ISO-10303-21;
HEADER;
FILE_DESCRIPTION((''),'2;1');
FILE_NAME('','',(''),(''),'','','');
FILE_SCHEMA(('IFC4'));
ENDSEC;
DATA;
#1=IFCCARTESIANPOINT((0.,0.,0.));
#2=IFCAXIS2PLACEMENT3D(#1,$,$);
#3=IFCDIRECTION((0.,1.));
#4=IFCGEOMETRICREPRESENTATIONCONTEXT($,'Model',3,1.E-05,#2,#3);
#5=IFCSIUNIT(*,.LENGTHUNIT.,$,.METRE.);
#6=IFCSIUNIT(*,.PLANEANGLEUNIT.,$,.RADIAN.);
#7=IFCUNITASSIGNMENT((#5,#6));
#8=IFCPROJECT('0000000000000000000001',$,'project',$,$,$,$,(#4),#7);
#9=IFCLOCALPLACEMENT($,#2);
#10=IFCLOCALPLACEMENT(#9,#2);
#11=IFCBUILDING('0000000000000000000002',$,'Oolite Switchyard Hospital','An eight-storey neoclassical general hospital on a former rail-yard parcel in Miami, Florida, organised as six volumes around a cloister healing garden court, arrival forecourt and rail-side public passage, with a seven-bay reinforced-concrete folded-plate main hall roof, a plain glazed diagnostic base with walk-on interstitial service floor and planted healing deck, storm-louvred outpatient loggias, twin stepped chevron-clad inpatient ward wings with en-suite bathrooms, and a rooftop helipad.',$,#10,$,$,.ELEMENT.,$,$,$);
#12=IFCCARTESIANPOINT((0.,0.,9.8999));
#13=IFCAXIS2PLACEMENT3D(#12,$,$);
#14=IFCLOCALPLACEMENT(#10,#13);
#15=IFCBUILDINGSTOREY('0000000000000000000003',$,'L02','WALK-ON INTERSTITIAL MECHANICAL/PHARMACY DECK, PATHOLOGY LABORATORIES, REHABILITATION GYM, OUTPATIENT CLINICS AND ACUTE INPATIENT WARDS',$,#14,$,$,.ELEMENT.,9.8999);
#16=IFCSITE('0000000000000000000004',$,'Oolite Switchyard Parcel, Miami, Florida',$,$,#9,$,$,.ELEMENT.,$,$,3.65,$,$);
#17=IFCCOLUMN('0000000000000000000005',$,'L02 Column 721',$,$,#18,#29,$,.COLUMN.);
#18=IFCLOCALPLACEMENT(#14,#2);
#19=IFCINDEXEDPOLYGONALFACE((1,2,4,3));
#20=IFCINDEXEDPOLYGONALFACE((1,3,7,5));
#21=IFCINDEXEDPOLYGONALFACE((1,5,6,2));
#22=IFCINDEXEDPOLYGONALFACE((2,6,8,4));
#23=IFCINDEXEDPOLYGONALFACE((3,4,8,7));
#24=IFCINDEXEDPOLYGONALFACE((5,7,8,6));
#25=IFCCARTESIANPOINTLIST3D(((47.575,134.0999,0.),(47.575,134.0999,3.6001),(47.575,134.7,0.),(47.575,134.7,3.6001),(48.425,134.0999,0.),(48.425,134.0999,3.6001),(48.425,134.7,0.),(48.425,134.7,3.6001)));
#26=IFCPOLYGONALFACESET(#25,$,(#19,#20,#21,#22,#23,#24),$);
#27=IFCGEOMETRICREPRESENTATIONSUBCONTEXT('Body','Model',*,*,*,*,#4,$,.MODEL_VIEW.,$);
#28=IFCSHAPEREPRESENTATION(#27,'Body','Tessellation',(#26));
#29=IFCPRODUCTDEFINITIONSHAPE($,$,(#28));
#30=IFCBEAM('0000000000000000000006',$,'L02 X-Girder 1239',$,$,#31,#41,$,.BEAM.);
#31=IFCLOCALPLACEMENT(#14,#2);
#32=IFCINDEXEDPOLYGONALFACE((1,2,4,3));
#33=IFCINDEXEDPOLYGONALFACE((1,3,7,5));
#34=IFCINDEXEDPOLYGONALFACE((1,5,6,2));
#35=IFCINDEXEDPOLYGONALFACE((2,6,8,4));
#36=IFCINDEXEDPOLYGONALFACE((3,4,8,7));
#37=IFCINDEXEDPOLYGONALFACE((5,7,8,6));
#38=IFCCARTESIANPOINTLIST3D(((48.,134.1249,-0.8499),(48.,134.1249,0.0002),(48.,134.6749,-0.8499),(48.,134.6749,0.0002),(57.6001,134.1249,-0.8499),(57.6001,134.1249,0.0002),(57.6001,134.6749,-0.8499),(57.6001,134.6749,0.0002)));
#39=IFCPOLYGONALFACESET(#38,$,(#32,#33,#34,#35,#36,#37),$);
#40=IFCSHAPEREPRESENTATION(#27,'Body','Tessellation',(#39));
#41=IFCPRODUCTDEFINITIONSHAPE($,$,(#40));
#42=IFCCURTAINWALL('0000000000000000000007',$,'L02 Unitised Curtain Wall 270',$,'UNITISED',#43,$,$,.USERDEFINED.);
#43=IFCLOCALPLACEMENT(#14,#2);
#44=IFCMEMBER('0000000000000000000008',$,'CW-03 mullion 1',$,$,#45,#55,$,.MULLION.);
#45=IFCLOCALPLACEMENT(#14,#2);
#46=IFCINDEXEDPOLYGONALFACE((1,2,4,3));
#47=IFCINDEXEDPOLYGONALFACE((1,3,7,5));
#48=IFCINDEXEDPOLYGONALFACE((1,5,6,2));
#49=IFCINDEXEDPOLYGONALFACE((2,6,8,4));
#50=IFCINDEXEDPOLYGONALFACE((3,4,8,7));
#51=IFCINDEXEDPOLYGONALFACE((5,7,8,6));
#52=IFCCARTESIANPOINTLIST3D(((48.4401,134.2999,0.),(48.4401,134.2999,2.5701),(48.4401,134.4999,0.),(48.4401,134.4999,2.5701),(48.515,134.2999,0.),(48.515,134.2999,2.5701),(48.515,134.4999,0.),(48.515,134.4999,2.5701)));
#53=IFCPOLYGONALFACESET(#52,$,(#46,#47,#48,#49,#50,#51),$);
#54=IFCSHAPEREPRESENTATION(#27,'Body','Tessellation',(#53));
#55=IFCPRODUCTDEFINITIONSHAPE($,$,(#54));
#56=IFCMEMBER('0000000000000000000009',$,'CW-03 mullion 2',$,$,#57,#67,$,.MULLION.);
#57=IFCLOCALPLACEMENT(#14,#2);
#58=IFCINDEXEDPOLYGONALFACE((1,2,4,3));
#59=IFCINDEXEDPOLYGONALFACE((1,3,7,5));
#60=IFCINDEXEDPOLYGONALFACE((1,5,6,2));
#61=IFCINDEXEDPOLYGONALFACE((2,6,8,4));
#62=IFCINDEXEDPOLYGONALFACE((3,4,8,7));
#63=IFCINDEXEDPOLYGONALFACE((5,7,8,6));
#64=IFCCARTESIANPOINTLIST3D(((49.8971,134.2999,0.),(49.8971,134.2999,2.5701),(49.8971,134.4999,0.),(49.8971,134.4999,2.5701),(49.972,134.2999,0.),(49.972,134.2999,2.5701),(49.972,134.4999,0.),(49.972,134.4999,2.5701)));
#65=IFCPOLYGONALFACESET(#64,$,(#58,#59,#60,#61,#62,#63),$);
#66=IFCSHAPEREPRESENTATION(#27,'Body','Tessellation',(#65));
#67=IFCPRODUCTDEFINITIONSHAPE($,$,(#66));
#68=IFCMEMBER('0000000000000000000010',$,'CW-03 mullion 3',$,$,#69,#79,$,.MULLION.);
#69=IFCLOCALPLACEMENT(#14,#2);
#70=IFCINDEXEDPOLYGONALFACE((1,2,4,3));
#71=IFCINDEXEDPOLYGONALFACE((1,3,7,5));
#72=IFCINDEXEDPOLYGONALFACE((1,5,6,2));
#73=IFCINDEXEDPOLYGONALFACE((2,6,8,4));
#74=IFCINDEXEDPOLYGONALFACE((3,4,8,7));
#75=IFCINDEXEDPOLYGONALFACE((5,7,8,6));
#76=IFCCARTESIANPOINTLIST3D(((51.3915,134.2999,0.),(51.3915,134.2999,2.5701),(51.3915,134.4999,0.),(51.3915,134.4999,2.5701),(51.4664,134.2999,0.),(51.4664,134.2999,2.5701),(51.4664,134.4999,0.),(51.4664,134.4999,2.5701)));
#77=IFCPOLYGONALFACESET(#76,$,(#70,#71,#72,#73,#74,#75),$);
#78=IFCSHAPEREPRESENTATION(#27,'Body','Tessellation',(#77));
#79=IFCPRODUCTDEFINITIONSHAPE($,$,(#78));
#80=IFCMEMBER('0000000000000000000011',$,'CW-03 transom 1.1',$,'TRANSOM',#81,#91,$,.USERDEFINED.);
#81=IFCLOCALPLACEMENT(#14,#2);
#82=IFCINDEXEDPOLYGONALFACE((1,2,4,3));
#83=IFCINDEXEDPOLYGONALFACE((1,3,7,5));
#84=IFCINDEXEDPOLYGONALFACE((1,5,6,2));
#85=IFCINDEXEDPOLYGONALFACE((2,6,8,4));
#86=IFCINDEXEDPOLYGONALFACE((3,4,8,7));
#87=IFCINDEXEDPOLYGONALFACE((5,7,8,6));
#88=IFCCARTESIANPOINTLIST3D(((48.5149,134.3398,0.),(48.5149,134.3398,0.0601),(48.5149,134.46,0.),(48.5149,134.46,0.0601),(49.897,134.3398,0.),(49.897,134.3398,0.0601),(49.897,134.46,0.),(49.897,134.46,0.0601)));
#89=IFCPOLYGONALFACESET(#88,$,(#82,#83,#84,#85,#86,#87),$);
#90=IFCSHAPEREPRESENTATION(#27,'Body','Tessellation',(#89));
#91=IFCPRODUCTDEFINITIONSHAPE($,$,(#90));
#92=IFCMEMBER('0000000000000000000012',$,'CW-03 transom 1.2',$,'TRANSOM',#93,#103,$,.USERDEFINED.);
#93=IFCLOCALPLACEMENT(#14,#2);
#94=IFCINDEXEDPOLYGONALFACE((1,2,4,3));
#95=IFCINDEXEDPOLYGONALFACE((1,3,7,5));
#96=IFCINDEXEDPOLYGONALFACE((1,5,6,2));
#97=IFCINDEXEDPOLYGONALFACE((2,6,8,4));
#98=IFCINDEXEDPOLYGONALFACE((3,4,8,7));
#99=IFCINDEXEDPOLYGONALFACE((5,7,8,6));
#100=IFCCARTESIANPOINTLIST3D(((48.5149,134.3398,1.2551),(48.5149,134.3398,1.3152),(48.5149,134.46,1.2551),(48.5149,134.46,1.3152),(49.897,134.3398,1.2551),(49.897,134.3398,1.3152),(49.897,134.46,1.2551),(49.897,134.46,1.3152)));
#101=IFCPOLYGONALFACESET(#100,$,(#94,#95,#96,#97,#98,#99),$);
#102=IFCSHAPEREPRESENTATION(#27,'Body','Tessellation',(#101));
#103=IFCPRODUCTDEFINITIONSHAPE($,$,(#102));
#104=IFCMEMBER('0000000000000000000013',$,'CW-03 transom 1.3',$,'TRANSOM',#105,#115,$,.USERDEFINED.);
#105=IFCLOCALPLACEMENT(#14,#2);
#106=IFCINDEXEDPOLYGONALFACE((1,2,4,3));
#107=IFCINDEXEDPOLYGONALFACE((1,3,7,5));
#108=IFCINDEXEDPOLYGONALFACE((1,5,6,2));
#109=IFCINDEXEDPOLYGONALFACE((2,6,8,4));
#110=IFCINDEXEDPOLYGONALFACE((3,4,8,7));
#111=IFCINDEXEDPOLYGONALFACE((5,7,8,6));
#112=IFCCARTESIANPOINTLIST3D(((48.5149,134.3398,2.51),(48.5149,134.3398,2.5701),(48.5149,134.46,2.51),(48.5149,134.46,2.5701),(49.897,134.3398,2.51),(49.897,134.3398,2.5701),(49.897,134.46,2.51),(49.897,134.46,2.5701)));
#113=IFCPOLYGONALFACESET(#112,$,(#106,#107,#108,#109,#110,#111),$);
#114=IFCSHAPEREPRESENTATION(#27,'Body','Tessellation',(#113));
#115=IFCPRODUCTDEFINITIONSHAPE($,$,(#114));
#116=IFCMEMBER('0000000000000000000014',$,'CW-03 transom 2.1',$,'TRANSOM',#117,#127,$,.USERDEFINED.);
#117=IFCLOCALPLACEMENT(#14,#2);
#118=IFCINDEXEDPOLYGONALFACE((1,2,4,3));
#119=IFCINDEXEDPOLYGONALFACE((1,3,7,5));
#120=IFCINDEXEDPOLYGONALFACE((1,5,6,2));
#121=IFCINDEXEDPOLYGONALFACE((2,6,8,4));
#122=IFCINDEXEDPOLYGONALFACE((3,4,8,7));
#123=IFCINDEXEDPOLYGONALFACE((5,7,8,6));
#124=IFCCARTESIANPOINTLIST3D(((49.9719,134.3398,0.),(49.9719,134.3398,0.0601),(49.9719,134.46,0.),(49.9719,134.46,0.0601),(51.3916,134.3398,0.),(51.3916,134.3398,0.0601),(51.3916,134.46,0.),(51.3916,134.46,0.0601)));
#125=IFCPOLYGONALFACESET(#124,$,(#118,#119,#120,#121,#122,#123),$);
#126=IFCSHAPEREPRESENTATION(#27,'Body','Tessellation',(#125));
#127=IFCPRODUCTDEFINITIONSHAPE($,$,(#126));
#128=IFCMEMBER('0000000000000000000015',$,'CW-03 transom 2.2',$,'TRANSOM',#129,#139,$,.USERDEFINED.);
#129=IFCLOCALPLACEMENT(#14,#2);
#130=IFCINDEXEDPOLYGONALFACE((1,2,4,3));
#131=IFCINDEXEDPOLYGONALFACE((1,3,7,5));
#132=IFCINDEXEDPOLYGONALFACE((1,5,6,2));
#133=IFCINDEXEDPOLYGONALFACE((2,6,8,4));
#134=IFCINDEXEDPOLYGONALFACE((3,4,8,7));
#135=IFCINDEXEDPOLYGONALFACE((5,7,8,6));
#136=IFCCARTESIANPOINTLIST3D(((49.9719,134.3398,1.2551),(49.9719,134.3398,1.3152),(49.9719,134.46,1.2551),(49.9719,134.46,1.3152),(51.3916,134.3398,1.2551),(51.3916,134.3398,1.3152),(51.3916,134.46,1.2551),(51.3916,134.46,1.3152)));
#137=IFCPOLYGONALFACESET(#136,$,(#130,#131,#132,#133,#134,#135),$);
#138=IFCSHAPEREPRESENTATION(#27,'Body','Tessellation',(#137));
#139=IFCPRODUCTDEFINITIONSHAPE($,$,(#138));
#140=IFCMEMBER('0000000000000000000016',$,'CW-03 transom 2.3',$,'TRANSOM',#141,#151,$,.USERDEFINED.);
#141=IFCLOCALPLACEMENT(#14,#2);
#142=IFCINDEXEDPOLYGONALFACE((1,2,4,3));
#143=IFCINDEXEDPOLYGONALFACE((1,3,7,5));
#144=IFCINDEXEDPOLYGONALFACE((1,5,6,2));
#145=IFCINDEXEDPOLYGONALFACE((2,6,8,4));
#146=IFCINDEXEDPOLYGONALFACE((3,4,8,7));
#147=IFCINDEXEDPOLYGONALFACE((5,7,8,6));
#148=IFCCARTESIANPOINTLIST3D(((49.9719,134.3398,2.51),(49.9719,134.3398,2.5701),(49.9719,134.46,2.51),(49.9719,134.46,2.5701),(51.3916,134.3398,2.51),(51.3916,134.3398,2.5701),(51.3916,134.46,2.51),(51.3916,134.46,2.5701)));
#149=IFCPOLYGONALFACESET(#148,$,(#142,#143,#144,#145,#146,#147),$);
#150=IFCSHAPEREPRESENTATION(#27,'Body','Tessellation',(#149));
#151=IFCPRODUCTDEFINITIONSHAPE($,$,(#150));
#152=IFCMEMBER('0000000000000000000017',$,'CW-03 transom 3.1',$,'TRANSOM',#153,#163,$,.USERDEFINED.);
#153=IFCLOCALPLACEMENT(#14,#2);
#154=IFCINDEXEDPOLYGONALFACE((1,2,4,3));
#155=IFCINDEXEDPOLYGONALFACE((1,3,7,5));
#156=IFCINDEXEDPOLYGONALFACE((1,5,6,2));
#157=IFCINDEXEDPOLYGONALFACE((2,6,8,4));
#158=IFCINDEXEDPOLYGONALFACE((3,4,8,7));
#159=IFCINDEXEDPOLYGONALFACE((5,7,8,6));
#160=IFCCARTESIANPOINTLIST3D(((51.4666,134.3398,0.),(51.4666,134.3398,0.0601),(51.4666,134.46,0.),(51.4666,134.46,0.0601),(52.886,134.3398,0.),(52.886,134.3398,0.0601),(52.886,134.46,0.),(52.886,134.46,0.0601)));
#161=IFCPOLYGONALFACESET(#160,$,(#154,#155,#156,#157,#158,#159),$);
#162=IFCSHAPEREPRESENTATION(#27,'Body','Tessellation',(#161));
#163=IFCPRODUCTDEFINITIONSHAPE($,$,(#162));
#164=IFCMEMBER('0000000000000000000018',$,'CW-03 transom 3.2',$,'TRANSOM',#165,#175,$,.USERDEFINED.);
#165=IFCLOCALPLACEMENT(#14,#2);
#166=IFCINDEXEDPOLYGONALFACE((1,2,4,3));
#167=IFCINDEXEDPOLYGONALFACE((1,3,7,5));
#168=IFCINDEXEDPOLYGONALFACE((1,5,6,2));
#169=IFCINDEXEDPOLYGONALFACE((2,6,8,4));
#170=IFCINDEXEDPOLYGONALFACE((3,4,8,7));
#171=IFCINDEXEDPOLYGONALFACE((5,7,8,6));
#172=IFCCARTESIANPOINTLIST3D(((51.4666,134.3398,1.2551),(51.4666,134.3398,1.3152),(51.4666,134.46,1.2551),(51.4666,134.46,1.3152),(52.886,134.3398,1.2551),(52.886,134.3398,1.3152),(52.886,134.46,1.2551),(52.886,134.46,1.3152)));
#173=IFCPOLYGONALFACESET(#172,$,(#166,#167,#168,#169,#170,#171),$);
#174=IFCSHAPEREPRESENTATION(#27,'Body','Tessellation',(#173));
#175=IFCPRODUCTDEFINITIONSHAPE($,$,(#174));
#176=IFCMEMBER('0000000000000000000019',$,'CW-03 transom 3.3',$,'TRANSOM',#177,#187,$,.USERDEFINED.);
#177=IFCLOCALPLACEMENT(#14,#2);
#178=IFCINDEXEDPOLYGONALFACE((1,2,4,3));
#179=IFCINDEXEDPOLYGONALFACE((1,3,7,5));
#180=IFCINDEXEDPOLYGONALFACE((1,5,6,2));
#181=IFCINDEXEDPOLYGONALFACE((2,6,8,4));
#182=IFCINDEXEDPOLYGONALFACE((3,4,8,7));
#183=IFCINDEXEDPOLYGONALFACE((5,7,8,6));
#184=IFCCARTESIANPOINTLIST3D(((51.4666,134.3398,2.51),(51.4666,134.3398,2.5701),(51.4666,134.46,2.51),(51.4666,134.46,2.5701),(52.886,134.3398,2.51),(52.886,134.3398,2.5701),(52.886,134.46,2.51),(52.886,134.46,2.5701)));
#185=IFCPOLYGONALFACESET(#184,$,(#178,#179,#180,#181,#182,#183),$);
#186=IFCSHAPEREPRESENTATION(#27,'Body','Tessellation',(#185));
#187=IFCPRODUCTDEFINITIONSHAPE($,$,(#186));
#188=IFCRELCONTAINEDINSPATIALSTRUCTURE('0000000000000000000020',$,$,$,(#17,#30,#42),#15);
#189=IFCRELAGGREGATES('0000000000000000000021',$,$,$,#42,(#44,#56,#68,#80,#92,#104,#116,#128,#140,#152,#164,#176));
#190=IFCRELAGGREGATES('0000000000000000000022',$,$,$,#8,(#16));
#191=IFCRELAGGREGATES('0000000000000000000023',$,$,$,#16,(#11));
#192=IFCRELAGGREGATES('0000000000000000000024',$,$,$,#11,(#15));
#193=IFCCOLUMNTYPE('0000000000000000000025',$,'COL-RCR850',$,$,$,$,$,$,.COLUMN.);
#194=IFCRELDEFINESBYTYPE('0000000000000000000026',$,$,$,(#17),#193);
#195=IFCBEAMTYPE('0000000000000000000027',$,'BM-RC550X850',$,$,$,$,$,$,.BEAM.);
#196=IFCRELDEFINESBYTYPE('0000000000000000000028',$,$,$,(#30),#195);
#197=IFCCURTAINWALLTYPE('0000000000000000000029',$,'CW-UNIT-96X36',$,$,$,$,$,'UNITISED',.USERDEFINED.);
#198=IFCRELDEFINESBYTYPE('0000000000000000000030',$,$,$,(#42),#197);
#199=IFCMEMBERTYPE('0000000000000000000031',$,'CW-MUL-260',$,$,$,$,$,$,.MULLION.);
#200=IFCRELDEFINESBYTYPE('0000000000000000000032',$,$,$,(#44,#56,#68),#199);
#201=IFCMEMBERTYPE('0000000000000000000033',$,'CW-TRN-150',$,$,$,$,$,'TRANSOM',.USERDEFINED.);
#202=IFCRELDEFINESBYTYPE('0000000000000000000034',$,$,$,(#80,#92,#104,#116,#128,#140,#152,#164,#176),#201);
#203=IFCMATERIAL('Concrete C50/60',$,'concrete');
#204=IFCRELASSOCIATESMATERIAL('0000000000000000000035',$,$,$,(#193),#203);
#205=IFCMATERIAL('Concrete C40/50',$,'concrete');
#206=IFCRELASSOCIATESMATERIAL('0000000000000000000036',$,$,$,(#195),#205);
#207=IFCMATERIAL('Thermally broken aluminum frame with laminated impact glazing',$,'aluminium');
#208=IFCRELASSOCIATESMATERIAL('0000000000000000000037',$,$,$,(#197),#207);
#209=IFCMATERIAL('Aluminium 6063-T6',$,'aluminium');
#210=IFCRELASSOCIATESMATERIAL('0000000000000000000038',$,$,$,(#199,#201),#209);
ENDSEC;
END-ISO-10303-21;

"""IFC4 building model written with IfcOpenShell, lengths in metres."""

from ifc_helpers import new_model, si_unit, direction, frame, origin, origin_2d, place, context, subcontext, project, spatial, rectangle, extrude, material, material_profile, profile_set, type_object, element, aggregate, save


model = new_model("IFC4")

# Units and contexts
model_context = context("Model", 3, precision=1e-05, world=origin(), true_north=direction((0.0, 1.0)))
body_context = subcontext(model_context, "Body", "Model", "MODEL_VIEW")
ifc_project = project(units=[si_unit("LENGTHUNIT", "METRE"), si_unit("PLANEANGLEUNIT", "RADIAN")], contexts=[model_context])

# Site, building, storey
site_placement = place(None, origin())
site = spatial("IfcSite", under=ifc_project, at=site_placement, Name="Oolite Switchyard Parcel, Miami, Florida", CompositionType="ELEMENT", RefElevation=3.65)
building_placement = place(site_placement, origin())
building = spatial("IfcBuilding", under=site, at=building_placement, Name="Oolite Switchyard Hospital", Description="An eight-storey neoclassical general hospital on a former rail-yard parcel in Miami, Florida, organised as six volumes around a cloister healing garden court, arrival forecourt and rail-side public passage, with a seven-bay reinforced-concrete folded-plate main hall roof, a plain glazed diagnostic base with walk-on interstitial service floor and planted healing deck, storm-louvred outpatient loggias, twin stepped chevron-clad inpatient ward wings with en-suite bathrooms, and a rooftop helipad.", CompositionType="ELEMENT")
storey_placement = place(building_placement, frame((0.0, 0.0, 9.8999)))
storey = spatial("IfcBuildingStorey", under=building, at=storey_placement, Name="L02", Description="WALK-ON INTERSTITIAL MECHANICAL/PHARMACY DECK, PATHOLOGY LABORATORIES, REHABILITATION GYM, OUTPATIENT CLINICS AND ACUTE INPATIENT WARDS", CompositionType="ELEMENT", Elevation=9.8999)

# Column
ifc_material_1 = material(Name="Concrete C50/60", Category="concrete")
ifc_material_profile_1 = material_profile(ifc_material_1, rectangle(XDim=0.8501, YDim=0.6001, at=origin_2d()), Name="RC850X600")
ifc_profile_set_1 = profile_set([ifc_material_profile_1], Name="Concrete C50/60")
column_type = type_object("IfcColumnType", Name="COL-RCR850", PredefinedType="COLUMN", material=ifc_profile_set_1)
column_placement = place(storey_placement, frame((48.0, 134.3999, 0.0), z_axis=(0.0, 0.0, 1.0), x_axis=(1.0, 0.0, 0.0)))
element("IfcColumn", 1, at=column_placement, inside=storey, type_object=column_type, Name="L02 Column 721", PredefinedType="COLUMN", context=body_context, shape_type="SweptSolid", body=[
    extrude(rectangle(XDim=0.8501, YDim=0.6001, at=origin_2d()), origin(), (0.0, 0.0, 1.0), 3.6001),
])

# Beam
ifc_material_2 = material(Name="Concrete C40/50", Category="concrete")
ifc_material_profile_2 = material_profile(ifc_material_2, rectangle(XDim=0.55, YDim=0.8501, at=origin_2d()), Name="RCB550X850")
ifc_profile_set_2 = profile_set([ifc_material_profile_2], Name="Concrete C40/50")
beam_type = type_object("IfcBeamType", Name="BM-RC550X850", PredefinedType="BEAM", material=ifc_profile_set_2)
beam_placement = place(storey_placement, frame((48.0, 134.3999, -0.4248), z_axis=(1.0, 0.0, 0.0), x_axis=(0.0, 1.0, 0.0)))
element("IfcBeam", 2, at=beam_placement, inside=storey, type_object=beam_type, Name="L02 X-Girder 1239", PredefinedType="BEAM", context=body_context, shape_type="SweptSolid", body=[
    extrude(rectangle(XDim=0.55, YDim=0.8501, at=origin_2d()), origin(), (0.0, 0.0, 1.0), 9.6001),
])

# Curtain wall, members
ifc_material_3 = material(Name="Thermally broken aluminum frame with laminated impact glazing", Category="aluminium")
curtain_wall_type = type_object("IfcCurtainWallType", Name="CW-UNIT-96X36", ElementType="UNITISED", PredefinedType="USERDEFINED", material=ifc_material_3)
curtain_wall_placement = place(storey_placement, origin())
curtain_wall = element("IfcCurtainWall", 3, at=curtain_wall_placement, inside=storey, type_object=curtain_wall_type, Name="L02 Unitised Curtain Wall 270", ObjectType="UNITISED", PredefinedType="USERDEFINED")
ifc_material_4 = material(Name="Aluminium 6063-T6", Category="aluminium")
ifc_material_profile_3 = material_profile(ifc_material_4, rectangle(XDim=0.2, YDim=0.075, at=origin_2d()), Name="CWM75X200")
ifc_profile_set_3 = profile_set([ifc_material_profile_3], Name="Aluminium 6063-T6")
member_type_1 = type_object("IfcMemberType", Name="CW-MUL-260", PredefinedType="MULLION", material=ifc_profile_set_3)
member_1_placement = place(storey_placement, frame((48.4775, 134.3999, 0.0), z_axis=(0.0, 0.0, 1.0), x_axis=(0.0, 1.0, 0.0)))
member_1 = element("IfcMember", 4, at=member_1_placement, type_object=member_type_1, Name="CW-03 mullion 1", PredefinedType="MULLION", context=body_context, shape_type="SweptSolid", body=[
    extrude(rectangle(XDim=0.2, YDim=0.075, at=origin_2d()), origin(), (0.0, 0.0, 1.0), 2.5701),
])
member_2_placement = place(storey_placement, frame((49.9346, 134.3999, 0.0), z_axis=(0.0, 0.0, 1.0), x_axis=(0.0, 1.0, 0.0)))
member_2 = element("IfcMember", 5, at=member_2_placement, type_object=member_type_1, Name="CW-03 mullion 2", PredefinedType="MULLION", context=body_context, shape_type="SweptSolid", body=[
    extrude(rectangle(XDim=0.2, YDim=0.075, at=origin_2d()), origin(), (0.0, 0.0, 1.0), 2.5701),
])
member_3_placement = place(storey_placement, frame((51.429, 134.3999, 0.0), z_axis=(0.0, 0.0, 1.0), x_axis=(0.0, 1.0, 0.0)))
member_3 = element("IfcMember", 6, at=member_3_placement, type_object=member_type_1, Name="CW-03 mullion 3", PredefinedType="MULLION", context=body_context, shape_type="SweptSolid", body=[
    extrude(rectangle(XDim=0.2, YDim=0.075, at=origin_2d()), origin(), (0.0, 0.0, 1.0), 2.5701),
])
ifc_material_profile_4 = material_profile(ifc_material_4, rectangle(XDim=0.1201, YDim=0.0601, at=origin_2d()), Name="CWT60X120")
ifc_profile_set_4 = profile_set([ifc_material_profile_4], Name="Aluminium 6063-T6")
member_type_2 = type_object("IfcMemberType", Name="CW-TRN-150", ElementType="TRANSOM", PredefinedType="USERDEFINED", material=ifc_profile_set_4)
member_4_placement = place(storey_placement, frame((48.5149, 134.3999, 0.03), z_axis=(1.0, 0.0, 0.0), x_axis=(0.0, 1.0, 0.0)))
member_4 = element("IfcMember", 7, at=member_4_placement, type_object=member_type_2, Name="CW-03 transom 1.1", ObjectType="TRANSOM", PredefinedType="USERDEFINED", context=body_context, shape_type="SweptSolid", body=[
    extrude(rectangle(XDim=0.1201, YDim=0.0601, at=origin_2d()), origin(), (0.0, 0.0, 1.0), 1.3821),
])
member_5_placement = place(storey_placement, frame((48.5149, 134.3999, 1.2852), z_axis=(1.0, 0.0, 0.0), x_axis=(0.0, 1.0, 0.0)))
member_5 = element("IfcMember", 8, at=member_5_placement, type_object=member_type_2, Name="CW-03 transom 1.2", ObjectType="TRANSOM", PredefinedType="USERDEFINED", context=body_context, shape_type="SweptSolid", body=[
    extrude(rectangle(XDim=0.1201, YDim=0.0601, at=origin_2d()), origin(), (0.0, 0.0, 1.0), 1.3821),
])
member_6_placement = place(storey_placement, frame((48.5149, 134.3999, 2.54), z_axis=(1.0, 0.0, 0.0), x_axis=(0.0, 1.0, 0.0)))
member_6 = element("IfcMember", 9, at=member_6_placement, type_object=member_type_2, Name="CW-03 transom 1.3", ObjectType="TRANSOM", PredefinedType="USERDEFINED", context=body_context, shape_type="SweptSolid", body=[
    extrude(rectangle(XDim=0.1201, YDim=0.0601, at=origin_2d()), origin(), (0.0, 0.0, 1.0), 1.3821),
])
member_7_placement = place(storey_placement, frame((49.9719, 134.3999, 0.03), z_axis=(1.0, 0.0, 0.0), x_axis=(0.0, 1.0, 0.0)))
member_7 = element("IfcMember", 10, at=member_7_placement, type_object=member_type_2, Name="CW-03 transom 2.1", ObjectType="TRANSOM", PredefinedType="USERDEFINED", context=body_context, shape_type="SweptSolid", body=[
    extrude(rectangle(XDim=0.1201, YDim=0.0601, at=origin_2d()), origin(), (0.0, 0.0, 1.0), 1.4197),
])
member_8_placement = place(storey_placement, frame((49.9719, 134.3999, 1.2852), z_axis=(1.0, 0.0, 0.0), x_axis=(0.0, 1.0, 0.0)))
member_8 = element("IfcMember", 11, at=member_8_placement, type_object=member_type_2, Name="CW-03 transom 2.2", ObjectType="TRANSOM", PredefinedType="USERDEFINED", context=body_context, shape_type="SweptSolid", body=[
    extrude(rectangle(XDim=0.1201, YDim=0.0601, at=origin_2d()), origin(), (0.0, 0.0, 1.0), 1.4197),
])
member_9_placement = place(storey_placement, frame((49.9719, 134.3999, 2.54), z_axis=(1.0, 0.0, 0.0), x_axis=(0.0, 1.0, 0.0)))
member_9 = element("IfcMember", 12, at=member_9_placement, type_object=member_type_2, Name="CW-03 transom 2.3", ObjectType="TRANSOM", PredefinedType="USERDEFINED", context=body_context, shape_type="SweptSolid", body=[
    extrude(rectangle(XDim=0.1201, YDim=0.0601, at=origin_2d()), origin(), (0.0, 0.0, 1.0), 1.4197),
])
member_10_placement = place(storey_placement, frame((51.4666, 134.3999, 0.03), z_axis=(1.0, 0.0, 0.0), x_axis=(0.0, 1.0, 0.0)))
member_10 = element("IfcMember", 13, at=member_10_placement, type_object=member_type_2, Name="CW-03 transom 3.1", ObjectType="TRANSOM", PredefinedType="USERDEFINED", context=body_context, shape_type="SweptSolid", body=[
    extrude(rectangle(XDim=0.1201, YDim=0.0601, at=origin_2d()), origin(), (0.0, 0.0, 1.0), 1.4194),
])
member_11_placement = place(storey_placement, frame((51.4666, 134.3999, 1.2852), z_axis=(1.0, 0.0, 0.0), x_axis=(0.0, 1.0, 0.0)))
member_11 = element("IfcMember", 14, at=member_11_placement, type_object=member_type_2, Name="CW-03 transom 3.2", ObjectType="TRANSOM", PredefinedType="USERDEFINED", context=body_context, shape_type="SweptSolid", body=[
    extrude(rectangle(XDim=0.1201, YDim=0.0601, at=origin_2d()), origin(), (0.0, 0.0, 1.0), 1.4194),
])
member_12_placement = place(storey_placement, frame((51.4666, 134.3999, 2.54), z_axis=(1.0, 0.0, 0.0), x_axis=(0.0, 1.0, 0.0)))
member_12 = element("IfcMember", 15, at=member_12_placement, type_object=member_type_2, Name="CW-03 transom 3.3", ObjectType="TRANSOM", PredefinedType="USERDEFINED", context=body_context, shape_type="SweptSolid", body=[
    extrude(rectangle(XDim=0.1201, YDim=0.0601, at=origin_2d()), origin(), (0.0, 0.0, 1.0), 1.4194),
])
aggregate(curtain_wall, [member_1, member_2, member_3, member_4, member_5, member_6, member_7, member_8, member_9, member_10, member_11, member_12])

save(model, "model.ifc")
